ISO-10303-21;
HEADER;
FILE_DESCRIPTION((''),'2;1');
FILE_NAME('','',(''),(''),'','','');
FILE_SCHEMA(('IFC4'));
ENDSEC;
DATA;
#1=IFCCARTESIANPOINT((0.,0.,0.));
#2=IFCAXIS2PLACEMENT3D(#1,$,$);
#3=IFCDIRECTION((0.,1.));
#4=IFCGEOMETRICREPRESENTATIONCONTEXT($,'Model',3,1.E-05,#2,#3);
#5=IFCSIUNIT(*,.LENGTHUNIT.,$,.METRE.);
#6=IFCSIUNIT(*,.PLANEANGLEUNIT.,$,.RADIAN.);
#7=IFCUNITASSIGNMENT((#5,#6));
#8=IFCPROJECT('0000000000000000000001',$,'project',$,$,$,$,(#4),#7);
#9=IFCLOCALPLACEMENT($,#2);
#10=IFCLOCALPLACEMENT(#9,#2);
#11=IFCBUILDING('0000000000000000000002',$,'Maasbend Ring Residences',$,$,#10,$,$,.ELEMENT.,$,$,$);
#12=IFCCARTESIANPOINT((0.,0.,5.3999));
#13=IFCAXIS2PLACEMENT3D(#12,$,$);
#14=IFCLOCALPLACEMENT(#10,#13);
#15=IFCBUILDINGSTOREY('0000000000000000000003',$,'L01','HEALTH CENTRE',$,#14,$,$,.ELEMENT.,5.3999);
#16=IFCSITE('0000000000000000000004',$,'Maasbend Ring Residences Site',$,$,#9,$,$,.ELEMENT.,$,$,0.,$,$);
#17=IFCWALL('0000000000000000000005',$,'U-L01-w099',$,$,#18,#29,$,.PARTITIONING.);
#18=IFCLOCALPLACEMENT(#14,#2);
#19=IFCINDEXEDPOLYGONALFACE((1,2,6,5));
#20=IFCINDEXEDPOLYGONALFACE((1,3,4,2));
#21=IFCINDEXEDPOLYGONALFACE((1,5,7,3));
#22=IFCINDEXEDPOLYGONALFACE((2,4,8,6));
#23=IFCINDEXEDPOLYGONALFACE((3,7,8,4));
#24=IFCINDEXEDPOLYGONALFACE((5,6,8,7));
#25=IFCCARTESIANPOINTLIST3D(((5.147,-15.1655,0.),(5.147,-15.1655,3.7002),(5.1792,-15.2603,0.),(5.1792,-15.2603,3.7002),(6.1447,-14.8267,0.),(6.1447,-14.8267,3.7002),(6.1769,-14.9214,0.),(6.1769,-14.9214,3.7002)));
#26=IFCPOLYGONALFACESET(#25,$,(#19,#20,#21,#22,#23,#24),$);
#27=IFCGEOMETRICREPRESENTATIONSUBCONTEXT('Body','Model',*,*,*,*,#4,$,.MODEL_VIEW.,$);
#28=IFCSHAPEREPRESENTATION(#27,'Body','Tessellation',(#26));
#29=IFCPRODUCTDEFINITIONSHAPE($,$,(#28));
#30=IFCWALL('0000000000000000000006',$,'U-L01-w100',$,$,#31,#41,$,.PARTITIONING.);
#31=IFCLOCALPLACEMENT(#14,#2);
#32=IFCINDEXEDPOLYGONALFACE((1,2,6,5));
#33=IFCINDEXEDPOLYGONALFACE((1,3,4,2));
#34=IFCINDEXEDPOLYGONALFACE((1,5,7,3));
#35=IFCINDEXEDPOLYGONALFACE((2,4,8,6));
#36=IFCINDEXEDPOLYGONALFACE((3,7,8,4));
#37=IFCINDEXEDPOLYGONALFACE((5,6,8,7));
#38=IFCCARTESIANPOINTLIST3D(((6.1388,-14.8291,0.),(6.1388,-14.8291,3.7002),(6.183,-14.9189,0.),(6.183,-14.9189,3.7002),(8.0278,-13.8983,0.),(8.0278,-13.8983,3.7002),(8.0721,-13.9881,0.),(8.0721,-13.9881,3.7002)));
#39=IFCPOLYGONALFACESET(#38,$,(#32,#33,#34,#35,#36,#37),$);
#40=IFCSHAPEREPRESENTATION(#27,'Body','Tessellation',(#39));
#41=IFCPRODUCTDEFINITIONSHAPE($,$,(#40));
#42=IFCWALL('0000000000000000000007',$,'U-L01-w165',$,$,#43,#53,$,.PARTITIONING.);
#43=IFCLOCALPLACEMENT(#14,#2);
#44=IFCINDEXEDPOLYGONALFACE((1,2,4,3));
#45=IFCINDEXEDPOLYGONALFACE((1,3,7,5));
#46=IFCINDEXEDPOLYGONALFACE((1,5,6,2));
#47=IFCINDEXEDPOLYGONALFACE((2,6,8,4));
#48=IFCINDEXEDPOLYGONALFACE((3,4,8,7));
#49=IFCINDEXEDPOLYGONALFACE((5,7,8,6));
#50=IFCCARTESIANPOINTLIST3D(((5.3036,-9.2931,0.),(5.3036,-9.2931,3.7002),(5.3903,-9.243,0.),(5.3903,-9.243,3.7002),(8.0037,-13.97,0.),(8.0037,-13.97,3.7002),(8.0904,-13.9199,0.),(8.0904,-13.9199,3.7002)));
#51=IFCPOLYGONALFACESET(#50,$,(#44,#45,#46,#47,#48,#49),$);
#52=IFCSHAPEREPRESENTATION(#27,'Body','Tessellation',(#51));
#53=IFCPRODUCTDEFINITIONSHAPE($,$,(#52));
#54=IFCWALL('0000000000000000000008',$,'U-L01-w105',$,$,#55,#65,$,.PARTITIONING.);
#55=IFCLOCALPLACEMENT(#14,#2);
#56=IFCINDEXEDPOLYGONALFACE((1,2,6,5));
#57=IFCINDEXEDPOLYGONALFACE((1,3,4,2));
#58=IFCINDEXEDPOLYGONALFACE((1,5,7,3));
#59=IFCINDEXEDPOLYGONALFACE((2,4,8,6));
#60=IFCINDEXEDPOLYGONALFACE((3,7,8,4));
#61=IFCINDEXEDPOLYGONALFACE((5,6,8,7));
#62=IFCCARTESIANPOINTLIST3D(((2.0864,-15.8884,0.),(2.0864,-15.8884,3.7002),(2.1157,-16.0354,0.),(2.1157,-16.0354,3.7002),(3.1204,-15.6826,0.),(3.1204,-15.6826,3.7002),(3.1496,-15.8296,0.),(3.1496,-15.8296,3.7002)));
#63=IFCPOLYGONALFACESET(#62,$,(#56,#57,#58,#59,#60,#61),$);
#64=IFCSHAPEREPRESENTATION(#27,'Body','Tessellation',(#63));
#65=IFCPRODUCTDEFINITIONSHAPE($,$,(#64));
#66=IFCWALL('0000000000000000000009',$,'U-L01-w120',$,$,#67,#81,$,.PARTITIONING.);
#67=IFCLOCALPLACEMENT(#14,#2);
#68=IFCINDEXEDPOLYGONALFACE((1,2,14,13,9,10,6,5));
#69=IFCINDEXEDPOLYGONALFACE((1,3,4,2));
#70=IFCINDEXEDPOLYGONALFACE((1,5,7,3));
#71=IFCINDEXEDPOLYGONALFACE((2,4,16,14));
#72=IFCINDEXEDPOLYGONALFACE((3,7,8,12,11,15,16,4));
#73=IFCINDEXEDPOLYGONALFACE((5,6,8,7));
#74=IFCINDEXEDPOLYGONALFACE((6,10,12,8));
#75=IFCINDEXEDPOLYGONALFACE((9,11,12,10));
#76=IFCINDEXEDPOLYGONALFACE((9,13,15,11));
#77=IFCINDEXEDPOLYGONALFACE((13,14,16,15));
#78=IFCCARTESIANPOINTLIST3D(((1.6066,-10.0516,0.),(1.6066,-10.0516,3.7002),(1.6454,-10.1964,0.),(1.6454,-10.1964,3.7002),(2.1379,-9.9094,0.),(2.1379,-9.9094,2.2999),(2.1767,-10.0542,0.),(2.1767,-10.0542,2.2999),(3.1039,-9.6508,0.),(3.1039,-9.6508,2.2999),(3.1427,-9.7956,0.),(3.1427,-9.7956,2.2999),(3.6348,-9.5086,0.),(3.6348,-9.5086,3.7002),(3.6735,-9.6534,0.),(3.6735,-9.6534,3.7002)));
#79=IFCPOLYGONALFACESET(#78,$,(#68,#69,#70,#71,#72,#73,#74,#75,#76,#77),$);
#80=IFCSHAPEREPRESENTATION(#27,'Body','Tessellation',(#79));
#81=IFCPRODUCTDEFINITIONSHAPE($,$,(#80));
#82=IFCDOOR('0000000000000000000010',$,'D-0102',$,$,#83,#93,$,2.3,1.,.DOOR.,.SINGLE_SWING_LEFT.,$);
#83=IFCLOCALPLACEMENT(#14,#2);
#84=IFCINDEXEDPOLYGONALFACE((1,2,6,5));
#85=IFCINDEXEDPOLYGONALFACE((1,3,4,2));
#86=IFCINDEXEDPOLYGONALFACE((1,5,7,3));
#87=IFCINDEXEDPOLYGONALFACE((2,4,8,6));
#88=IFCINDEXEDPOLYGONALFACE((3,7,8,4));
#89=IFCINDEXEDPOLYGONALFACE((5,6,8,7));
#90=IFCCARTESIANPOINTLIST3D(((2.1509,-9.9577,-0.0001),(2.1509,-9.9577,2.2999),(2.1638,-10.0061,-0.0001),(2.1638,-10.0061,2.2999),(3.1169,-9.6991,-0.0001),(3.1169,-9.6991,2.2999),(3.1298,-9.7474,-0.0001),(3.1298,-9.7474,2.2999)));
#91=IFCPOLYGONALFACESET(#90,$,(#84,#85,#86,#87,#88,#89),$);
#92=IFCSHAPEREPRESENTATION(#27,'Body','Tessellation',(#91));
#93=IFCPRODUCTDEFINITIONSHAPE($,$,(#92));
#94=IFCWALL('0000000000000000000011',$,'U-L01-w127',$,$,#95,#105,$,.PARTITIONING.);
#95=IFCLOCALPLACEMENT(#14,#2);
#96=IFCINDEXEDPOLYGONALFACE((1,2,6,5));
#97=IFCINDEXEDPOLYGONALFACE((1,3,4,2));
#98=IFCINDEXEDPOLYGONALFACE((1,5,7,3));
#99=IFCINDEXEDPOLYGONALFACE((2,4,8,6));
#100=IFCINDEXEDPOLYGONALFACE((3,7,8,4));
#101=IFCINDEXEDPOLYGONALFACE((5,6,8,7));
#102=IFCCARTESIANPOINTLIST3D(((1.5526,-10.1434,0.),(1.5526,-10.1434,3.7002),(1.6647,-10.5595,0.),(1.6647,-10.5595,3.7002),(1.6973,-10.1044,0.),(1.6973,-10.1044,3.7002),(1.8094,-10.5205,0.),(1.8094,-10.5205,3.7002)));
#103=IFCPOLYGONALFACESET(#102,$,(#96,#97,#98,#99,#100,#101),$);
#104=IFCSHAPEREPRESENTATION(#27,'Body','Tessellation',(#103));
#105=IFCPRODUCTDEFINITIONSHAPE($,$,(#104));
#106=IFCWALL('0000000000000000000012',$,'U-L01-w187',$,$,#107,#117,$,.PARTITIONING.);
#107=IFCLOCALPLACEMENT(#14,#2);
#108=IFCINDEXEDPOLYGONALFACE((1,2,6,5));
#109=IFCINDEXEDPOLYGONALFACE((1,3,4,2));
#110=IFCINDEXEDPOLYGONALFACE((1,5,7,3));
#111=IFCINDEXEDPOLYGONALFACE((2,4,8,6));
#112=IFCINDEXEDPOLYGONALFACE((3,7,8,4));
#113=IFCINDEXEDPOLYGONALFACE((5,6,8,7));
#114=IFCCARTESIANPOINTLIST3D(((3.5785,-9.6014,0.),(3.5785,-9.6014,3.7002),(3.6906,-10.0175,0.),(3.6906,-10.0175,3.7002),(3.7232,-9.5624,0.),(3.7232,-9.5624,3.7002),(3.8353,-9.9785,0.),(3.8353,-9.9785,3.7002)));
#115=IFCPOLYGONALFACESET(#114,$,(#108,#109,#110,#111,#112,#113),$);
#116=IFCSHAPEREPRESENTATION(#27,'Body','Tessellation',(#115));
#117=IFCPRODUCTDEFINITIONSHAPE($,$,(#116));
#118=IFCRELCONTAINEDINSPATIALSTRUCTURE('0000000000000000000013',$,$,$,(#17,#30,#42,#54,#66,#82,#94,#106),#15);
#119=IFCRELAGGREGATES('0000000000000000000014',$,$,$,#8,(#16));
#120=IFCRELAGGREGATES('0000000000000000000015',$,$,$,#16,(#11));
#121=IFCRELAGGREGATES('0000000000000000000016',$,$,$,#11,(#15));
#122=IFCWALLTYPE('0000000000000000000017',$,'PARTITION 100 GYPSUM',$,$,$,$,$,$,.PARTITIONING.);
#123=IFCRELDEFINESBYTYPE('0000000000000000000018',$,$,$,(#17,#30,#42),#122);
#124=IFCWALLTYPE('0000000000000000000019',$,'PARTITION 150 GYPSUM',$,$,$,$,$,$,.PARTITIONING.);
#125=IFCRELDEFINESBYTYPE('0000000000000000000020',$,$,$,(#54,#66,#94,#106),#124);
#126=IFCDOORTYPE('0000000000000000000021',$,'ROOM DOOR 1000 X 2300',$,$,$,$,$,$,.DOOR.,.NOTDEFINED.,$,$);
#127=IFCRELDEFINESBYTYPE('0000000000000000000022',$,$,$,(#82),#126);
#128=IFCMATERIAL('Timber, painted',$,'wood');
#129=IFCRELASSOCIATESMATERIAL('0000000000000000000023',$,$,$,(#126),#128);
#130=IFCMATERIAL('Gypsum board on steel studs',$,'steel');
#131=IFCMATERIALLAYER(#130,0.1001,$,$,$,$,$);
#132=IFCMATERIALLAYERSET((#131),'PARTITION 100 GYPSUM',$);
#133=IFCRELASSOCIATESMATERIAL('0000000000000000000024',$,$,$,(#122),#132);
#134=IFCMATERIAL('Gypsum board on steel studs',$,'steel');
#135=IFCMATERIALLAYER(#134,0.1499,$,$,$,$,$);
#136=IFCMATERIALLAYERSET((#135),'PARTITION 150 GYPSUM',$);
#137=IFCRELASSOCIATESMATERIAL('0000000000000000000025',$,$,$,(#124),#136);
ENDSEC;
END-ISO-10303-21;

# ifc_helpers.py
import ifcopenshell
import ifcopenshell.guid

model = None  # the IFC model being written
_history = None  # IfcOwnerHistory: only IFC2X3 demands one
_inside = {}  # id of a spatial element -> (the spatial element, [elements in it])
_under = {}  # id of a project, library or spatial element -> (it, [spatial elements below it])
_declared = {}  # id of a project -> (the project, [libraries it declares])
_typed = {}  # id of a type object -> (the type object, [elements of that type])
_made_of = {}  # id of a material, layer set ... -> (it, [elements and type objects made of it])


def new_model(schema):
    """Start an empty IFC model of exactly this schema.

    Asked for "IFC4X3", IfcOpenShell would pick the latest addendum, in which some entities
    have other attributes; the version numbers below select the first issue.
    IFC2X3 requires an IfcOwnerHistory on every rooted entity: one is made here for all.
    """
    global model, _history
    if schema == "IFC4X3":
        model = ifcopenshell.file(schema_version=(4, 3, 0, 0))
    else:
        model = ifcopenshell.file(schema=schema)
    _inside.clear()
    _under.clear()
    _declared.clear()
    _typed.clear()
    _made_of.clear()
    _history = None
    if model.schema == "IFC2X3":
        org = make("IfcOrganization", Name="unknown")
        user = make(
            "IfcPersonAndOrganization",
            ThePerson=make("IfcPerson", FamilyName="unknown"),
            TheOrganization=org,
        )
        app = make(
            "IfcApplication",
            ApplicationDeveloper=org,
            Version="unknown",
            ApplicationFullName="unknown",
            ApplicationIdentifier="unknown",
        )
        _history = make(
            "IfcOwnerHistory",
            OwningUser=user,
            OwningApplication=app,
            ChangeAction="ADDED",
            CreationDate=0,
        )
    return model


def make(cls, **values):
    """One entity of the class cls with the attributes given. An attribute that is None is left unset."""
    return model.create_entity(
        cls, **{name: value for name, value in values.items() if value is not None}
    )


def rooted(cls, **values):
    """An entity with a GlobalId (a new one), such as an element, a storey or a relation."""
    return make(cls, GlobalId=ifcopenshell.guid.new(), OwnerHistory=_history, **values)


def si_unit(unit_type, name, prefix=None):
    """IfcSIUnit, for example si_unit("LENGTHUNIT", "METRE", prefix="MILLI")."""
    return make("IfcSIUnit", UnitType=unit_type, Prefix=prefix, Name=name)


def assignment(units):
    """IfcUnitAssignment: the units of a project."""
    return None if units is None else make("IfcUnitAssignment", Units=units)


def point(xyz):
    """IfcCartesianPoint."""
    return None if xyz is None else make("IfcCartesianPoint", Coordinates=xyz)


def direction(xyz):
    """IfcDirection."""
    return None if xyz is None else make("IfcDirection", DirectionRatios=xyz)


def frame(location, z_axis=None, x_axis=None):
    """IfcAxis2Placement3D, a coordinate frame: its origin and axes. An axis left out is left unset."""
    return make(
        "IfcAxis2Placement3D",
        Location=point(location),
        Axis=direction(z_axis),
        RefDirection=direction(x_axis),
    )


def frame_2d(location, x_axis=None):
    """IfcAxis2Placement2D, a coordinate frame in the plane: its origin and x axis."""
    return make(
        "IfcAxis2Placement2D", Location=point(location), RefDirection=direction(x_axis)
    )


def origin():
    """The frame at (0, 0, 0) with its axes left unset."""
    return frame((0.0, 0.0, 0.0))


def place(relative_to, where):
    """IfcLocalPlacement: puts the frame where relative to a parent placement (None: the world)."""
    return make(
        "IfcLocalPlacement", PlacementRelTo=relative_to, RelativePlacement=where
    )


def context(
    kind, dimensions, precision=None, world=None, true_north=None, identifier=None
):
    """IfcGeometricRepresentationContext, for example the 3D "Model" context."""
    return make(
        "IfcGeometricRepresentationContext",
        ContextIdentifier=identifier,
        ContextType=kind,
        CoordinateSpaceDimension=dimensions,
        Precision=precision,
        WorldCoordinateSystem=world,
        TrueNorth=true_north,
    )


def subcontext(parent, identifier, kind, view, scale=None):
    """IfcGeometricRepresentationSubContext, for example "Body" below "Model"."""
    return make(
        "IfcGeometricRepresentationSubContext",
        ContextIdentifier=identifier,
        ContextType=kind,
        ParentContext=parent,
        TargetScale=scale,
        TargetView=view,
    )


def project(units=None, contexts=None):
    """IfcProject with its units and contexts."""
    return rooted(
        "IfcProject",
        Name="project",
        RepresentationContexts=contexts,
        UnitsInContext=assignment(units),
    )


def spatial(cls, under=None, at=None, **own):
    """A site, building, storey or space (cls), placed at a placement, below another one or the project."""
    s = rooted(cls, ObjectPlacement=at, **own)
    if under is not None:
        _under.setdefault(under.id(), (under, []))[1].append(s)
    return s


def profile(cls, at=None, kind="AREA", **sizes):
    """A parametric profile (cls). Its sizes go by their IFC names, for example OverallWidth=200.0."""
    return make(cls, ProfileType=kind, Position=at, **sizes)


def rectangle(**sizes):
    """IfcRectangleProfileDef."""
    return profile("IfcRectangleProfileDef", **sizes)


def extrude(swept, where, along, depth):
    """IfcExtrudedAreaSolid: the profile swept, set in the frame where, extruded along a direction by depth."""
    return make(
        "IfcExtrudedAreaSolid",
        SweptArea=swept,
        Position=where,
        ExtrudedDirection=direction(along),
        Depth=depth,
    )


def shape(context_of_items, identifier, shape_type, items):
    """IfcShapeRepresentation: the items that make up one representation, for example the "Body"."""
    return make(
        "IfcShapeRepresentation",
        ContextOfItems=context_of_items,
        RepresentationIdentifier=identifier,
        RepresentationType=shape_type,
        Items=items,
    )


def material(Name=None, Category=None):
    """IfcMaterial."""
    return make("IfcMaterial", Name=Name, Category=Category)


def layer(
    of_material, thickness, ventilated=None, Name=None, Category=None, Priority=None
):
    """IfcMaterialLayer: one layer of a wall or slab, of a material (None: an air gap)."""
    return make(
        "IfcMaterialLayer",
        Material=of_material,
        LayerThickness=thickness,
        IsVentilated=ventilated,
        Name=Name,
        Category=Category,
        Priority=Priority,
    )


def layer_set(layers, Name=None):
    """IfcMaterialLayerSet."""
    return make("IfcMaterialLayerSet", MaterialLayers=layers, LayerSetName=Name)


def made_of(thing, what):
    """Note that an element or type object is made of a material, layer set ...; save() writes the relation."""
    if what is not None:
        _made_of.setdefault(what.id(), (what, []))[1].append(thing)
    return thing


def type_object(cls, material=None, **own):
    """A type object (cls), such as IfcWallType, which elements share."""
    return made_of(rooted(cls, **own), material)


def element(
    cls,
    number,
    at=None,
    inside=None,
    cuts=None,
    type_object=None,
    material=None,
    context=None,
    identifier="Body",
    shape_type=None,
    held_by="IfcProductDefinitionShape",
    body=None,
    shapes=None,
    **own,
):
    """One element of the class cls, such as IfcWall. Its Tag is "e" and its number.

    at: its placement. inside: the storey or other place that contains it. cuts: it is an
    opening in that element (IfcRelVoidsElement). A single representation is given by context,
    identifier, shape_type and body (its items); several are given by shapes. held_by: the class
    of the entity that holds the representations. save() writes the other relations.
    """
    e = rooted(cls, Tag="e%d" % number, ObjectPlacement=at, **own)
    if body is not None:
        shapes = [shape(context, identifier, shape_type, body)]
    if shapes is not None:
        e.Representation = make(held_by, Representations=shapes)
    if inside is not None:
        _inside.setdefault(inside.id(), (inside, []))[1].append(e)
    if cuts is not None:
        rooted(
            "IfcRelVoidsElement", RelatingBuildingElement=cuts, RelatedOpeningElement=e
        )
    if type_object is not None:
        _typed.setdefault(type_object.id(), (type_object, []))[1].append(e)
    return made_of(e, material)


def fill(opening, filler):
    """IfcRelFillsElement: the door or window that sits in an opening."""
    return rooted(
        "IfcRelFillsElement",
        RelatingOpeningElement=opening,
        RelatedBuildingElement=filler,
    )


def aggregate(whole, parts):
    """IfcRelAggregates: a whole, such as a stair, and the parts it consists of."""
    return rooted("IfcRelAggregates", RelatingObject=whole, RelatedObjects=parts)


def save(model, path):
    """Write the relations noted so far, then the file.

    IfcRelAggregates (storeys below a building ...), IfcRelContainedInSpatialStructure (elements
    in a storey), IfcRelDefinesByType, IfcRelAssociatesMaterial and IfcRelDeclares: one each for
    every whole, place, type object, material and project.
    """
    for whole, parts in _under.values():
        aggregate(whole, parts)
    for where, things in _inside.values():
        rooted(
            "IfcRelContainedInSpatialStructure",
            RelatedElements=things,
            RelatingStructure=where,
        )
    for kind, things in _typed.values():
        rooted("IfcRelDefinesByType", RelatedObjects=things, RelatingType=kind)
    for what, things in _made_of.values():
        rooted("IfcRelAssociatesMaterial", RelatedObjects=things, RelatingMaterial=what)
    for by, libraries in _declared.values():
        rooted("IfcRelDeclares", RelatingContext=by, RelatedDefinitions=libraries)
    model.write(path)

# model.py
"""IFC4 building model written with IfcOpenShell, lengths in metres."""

from ifc_helpers import new_model, si_unit, direction, frame, frame_2d, origin, place, context, subcontext, project, spatial, rectangle, extrude, material, layer, layer_set, type_object, element, fill, save


model = new_model("IFC4")

# Units and contexts
model_context = context("Model", 3, precision=1e-05, world=origin(), true_north=direction((0.0, 1.0)))
body_context = subcontext(model_context, "Body", "Model", "MODEL_VIEW")
ifc_project = project(units=[si_unit("LENGTHUNIT", "METRE"), si_unit("PLANEANGLEUNIT", "RADIAN")], contexts=[model_context])

# Site, building, storey
site_placement = place(None, origin())
site = spatial("IfcSite", under=ifc_project, at=site_placement, Name="Maasbend Ring Residences Site", CompositionType="ELEMENT", RefElevation=0.0)
building_placement = place(site_placement, origin())
building = spatial("IfcBuilding", under=site, at=building_placement, Name="Maasbend Ring Residences", CompositionType="ELEMENT")
storey_placement = place(building_placement, frame((0.0, 0.0, 5.3999)))
storey = spatial("IfcBuildingStorey", under=building, at=storey_placement, Name="L01", Description="HEALTH CENTRE", CompositionType="ELEMENT", Elevation=5.3999)

# Shared definitions
ifc_material_1 = material(Name="Timber, painted", Category="wood")
door_type_1 = type_object("IfcDoorType", Name="ROOM DOOR 1000 X 2300", OperationType="NOTDEFINED", PredefinedType="DOOR", material=ifc_material_1)

# Walls
ifc_material_2 = material(Name="Gypsum board on steel studs", Category="steel")
ifc_layer_1 = layer(ifc_material_2, 0.1001)
ifc_layer_set_1 = layer_set([ifc_layer_1], Name="PARTITION 100 GYPSUM")
wall_type_1 = type_object("IfcWallType", Name="PARTITION 100 GYPSUM", PredefinedType="PARTITIONING", material=ifc_layer_set_1)
wall_1_placement = place(storey_placement, frame((5.1631, -15.2129, 0.0), z_axis=(0.0, 0.0, 1.0), x_axis=(0.946884, 0.321575, 0.0)))
element("IfcWall", 1, at=wall_1_placement, inside=storey, type_object=wall_type_1, Name="U-L01-w099", PredefinedType="PARTITIONING", context=body_context, shape_type="SweptSolid", body=[
    extrude(rectangle(XDim=1.0537, YDim=0.1001, at=frame_2d((0.5269, 0.0))), origin(), (0.0, 0.0, 1.0), 3.7002),
])
wall_2_placement = place(storey_placement, frame((6.1609, -14.874, 0.0), z_axis=(0.0, 0.0, 1.0), x_axis=(0.897009, 0.442013, 0.0)))
element("IfcWall", 2, at=wall_2_placement, inside=storey, type_object=wall_type_1, Name="U-L01-w100", PredefinedType="PARTITIONING", context=body_context, shape_type="SweptSolid", body=[
    extrude(rectangle(XDim=2.106, YDim=0.1001, at=frame_2d((1.053, 0.0))), origin(), (0.0, 0.0, 1.0), 3.7002),
])
wall_3_placement = place(storey_placement, frame((5.3469, -9.2681, 0.0), z_axis=(0.0, 0.0, 1.0), x_axis=(0.49999, -0.866031, 0.0)))
element("IfcWall", 3, at=wall_3_placement, inside=storey, type_object=wall_type_1, Name="U-L01-w165", PredefinedType="PARTITIONING", context=body_context, shape_type="SweptSolid", body=[
    extrude(rectangle(XDim=5.4004, YDim=0.1001, at=frame_2d((2.7002, 0.0))), origin(), (0.0, 0.0, 1.0), 3.7002),
])
ifc_material_3 = material(Name="Gypsum board on steel studs", Category="steel")
ifc_layer_2 = layer(ifc_material_3, 0.1499)
ifc_layer_set_2 = layer_set([ifc_layer_2], Name="PARTITION 150 GYPSUM")
wall_type_2 = type_object("IfcWallType", Name="PARTITION 150 GYPSUM", PredefinedType="PARTITIONING", material=ifc_layer_set_2)
wall_4_placement = place(storey_placement, frame((2.1011, -15.9619, 0.0), z_axis=(0.0, 0.0, 1.0), x_axis=(0.980758, 0.195225, 0.0)))
element("IfcWall", 4, at=wall_4_placement, inside=storey, type_object=wall_type_2, Name="U-L01-w105", PredefinedType="PARTITIONING", context=body_context, shape_type="SweptSolid", body=[
    extrude(rectangle(XDim=1.0542, YDim=0.1499, at=frame_2d((0.5271, 0.0))), origin(), (0.0, 0.0, 1.0), 3.7002),
])

# Wall, opening, door
wall_5_placement = place(storey_placement, frame((1.626, -10.124, 0.0), z_axis=(0.0, 0.0, 1.0), x_axis=(0.96598, 0.258618, 0.0)))
wall_5 = element("IfcWall", 5, at=wall_5_placement, inside=storey, type_object=wall_type_2, Name="U-L01-w120", PredefinedType="PARTITIONING", context=body_context, shape_type="SweptSolid", body=[
    extrude(rectangle(XDim=2.0996, YDim=0.1499, at=frame_2d((1.0498, 0.0))), origin(), (0.0, 0.0, 1.0), 3.7002),
])
opening_1_placement = place(wall_5_placement, frame((0.55, 0.0, 0.0)))
opening_1 = element("IfcOpeningElement", 6, at=opening_1_placement, cuts=wall_5, PredefinedType="OPENING", context=body_context, shape_type="SweptSolid", body=[
    extrude(rectangle(XDim=1.0, YDim=2.3, at=frame_2d((0.5, 1.1499))), frame((0.0, 0.085, 0.0), z_axis=(0.0, -1.0, 0.0), x_axis=(1.0, 0.0, 0.0)), (0.0, 0.0, 1.0), 0.1699),
])
door_1_placement = place(opening_1_placement, origin())
door_1 = element("IfcDoor", 7, at=door_1_placement, inside=storey, type_object=door_type_1, Name="D-0102", OperationType="SINGLE_SWING_LEFT", OverallHeight=2.3, OverallWidth=1.0, PredefinedType="DOOR", context=body_context, shape_type="SweptSolid", body=[
    extrude(rectangle(XDim=1.0, YDim=2.3, at=frame_2d((0.5, 1.1499))), frame((0.0, 0.0249, 0.0), z_axis=(0.0, -1.0, 0.0), x_axis=(1.0, 0.0, 0.0)), (0.0, 0.0, 1.0), 0.05),
])
fill(opening_1, door_1)

# Walls
for number, where, z_axis, x_axis, name in (
    (8, (1.625, -10.124, 0.0), (0.0, 0.0, 1.0), (0.260095, -0.965583, 0.0), "U-L01-w127"),
    (9, (3.6509, -9.582, 0.0), (0.0, 0.0, 1.0), (0.260095, -0.965583, 0.0), "U-L01-w187"),
):
    element("IfcWall", number, at=place(storey_placement, frame(where, z_axis=z_axis, x_axis=x_axis)), inside=storey, type_object=wall_type_2, Name=name, PredefinedType="PARTITIONING", context=body_context, shape_type="SweptSolid", body=[
        extrude(rectangle(XDim=0.4309, YDim=0.1499, at=frame_2d((0.2153, 0.0))), origin(), (0.0, 0.0, 1.0), 3.7002),
    ])

save(model, "model.ifc")
